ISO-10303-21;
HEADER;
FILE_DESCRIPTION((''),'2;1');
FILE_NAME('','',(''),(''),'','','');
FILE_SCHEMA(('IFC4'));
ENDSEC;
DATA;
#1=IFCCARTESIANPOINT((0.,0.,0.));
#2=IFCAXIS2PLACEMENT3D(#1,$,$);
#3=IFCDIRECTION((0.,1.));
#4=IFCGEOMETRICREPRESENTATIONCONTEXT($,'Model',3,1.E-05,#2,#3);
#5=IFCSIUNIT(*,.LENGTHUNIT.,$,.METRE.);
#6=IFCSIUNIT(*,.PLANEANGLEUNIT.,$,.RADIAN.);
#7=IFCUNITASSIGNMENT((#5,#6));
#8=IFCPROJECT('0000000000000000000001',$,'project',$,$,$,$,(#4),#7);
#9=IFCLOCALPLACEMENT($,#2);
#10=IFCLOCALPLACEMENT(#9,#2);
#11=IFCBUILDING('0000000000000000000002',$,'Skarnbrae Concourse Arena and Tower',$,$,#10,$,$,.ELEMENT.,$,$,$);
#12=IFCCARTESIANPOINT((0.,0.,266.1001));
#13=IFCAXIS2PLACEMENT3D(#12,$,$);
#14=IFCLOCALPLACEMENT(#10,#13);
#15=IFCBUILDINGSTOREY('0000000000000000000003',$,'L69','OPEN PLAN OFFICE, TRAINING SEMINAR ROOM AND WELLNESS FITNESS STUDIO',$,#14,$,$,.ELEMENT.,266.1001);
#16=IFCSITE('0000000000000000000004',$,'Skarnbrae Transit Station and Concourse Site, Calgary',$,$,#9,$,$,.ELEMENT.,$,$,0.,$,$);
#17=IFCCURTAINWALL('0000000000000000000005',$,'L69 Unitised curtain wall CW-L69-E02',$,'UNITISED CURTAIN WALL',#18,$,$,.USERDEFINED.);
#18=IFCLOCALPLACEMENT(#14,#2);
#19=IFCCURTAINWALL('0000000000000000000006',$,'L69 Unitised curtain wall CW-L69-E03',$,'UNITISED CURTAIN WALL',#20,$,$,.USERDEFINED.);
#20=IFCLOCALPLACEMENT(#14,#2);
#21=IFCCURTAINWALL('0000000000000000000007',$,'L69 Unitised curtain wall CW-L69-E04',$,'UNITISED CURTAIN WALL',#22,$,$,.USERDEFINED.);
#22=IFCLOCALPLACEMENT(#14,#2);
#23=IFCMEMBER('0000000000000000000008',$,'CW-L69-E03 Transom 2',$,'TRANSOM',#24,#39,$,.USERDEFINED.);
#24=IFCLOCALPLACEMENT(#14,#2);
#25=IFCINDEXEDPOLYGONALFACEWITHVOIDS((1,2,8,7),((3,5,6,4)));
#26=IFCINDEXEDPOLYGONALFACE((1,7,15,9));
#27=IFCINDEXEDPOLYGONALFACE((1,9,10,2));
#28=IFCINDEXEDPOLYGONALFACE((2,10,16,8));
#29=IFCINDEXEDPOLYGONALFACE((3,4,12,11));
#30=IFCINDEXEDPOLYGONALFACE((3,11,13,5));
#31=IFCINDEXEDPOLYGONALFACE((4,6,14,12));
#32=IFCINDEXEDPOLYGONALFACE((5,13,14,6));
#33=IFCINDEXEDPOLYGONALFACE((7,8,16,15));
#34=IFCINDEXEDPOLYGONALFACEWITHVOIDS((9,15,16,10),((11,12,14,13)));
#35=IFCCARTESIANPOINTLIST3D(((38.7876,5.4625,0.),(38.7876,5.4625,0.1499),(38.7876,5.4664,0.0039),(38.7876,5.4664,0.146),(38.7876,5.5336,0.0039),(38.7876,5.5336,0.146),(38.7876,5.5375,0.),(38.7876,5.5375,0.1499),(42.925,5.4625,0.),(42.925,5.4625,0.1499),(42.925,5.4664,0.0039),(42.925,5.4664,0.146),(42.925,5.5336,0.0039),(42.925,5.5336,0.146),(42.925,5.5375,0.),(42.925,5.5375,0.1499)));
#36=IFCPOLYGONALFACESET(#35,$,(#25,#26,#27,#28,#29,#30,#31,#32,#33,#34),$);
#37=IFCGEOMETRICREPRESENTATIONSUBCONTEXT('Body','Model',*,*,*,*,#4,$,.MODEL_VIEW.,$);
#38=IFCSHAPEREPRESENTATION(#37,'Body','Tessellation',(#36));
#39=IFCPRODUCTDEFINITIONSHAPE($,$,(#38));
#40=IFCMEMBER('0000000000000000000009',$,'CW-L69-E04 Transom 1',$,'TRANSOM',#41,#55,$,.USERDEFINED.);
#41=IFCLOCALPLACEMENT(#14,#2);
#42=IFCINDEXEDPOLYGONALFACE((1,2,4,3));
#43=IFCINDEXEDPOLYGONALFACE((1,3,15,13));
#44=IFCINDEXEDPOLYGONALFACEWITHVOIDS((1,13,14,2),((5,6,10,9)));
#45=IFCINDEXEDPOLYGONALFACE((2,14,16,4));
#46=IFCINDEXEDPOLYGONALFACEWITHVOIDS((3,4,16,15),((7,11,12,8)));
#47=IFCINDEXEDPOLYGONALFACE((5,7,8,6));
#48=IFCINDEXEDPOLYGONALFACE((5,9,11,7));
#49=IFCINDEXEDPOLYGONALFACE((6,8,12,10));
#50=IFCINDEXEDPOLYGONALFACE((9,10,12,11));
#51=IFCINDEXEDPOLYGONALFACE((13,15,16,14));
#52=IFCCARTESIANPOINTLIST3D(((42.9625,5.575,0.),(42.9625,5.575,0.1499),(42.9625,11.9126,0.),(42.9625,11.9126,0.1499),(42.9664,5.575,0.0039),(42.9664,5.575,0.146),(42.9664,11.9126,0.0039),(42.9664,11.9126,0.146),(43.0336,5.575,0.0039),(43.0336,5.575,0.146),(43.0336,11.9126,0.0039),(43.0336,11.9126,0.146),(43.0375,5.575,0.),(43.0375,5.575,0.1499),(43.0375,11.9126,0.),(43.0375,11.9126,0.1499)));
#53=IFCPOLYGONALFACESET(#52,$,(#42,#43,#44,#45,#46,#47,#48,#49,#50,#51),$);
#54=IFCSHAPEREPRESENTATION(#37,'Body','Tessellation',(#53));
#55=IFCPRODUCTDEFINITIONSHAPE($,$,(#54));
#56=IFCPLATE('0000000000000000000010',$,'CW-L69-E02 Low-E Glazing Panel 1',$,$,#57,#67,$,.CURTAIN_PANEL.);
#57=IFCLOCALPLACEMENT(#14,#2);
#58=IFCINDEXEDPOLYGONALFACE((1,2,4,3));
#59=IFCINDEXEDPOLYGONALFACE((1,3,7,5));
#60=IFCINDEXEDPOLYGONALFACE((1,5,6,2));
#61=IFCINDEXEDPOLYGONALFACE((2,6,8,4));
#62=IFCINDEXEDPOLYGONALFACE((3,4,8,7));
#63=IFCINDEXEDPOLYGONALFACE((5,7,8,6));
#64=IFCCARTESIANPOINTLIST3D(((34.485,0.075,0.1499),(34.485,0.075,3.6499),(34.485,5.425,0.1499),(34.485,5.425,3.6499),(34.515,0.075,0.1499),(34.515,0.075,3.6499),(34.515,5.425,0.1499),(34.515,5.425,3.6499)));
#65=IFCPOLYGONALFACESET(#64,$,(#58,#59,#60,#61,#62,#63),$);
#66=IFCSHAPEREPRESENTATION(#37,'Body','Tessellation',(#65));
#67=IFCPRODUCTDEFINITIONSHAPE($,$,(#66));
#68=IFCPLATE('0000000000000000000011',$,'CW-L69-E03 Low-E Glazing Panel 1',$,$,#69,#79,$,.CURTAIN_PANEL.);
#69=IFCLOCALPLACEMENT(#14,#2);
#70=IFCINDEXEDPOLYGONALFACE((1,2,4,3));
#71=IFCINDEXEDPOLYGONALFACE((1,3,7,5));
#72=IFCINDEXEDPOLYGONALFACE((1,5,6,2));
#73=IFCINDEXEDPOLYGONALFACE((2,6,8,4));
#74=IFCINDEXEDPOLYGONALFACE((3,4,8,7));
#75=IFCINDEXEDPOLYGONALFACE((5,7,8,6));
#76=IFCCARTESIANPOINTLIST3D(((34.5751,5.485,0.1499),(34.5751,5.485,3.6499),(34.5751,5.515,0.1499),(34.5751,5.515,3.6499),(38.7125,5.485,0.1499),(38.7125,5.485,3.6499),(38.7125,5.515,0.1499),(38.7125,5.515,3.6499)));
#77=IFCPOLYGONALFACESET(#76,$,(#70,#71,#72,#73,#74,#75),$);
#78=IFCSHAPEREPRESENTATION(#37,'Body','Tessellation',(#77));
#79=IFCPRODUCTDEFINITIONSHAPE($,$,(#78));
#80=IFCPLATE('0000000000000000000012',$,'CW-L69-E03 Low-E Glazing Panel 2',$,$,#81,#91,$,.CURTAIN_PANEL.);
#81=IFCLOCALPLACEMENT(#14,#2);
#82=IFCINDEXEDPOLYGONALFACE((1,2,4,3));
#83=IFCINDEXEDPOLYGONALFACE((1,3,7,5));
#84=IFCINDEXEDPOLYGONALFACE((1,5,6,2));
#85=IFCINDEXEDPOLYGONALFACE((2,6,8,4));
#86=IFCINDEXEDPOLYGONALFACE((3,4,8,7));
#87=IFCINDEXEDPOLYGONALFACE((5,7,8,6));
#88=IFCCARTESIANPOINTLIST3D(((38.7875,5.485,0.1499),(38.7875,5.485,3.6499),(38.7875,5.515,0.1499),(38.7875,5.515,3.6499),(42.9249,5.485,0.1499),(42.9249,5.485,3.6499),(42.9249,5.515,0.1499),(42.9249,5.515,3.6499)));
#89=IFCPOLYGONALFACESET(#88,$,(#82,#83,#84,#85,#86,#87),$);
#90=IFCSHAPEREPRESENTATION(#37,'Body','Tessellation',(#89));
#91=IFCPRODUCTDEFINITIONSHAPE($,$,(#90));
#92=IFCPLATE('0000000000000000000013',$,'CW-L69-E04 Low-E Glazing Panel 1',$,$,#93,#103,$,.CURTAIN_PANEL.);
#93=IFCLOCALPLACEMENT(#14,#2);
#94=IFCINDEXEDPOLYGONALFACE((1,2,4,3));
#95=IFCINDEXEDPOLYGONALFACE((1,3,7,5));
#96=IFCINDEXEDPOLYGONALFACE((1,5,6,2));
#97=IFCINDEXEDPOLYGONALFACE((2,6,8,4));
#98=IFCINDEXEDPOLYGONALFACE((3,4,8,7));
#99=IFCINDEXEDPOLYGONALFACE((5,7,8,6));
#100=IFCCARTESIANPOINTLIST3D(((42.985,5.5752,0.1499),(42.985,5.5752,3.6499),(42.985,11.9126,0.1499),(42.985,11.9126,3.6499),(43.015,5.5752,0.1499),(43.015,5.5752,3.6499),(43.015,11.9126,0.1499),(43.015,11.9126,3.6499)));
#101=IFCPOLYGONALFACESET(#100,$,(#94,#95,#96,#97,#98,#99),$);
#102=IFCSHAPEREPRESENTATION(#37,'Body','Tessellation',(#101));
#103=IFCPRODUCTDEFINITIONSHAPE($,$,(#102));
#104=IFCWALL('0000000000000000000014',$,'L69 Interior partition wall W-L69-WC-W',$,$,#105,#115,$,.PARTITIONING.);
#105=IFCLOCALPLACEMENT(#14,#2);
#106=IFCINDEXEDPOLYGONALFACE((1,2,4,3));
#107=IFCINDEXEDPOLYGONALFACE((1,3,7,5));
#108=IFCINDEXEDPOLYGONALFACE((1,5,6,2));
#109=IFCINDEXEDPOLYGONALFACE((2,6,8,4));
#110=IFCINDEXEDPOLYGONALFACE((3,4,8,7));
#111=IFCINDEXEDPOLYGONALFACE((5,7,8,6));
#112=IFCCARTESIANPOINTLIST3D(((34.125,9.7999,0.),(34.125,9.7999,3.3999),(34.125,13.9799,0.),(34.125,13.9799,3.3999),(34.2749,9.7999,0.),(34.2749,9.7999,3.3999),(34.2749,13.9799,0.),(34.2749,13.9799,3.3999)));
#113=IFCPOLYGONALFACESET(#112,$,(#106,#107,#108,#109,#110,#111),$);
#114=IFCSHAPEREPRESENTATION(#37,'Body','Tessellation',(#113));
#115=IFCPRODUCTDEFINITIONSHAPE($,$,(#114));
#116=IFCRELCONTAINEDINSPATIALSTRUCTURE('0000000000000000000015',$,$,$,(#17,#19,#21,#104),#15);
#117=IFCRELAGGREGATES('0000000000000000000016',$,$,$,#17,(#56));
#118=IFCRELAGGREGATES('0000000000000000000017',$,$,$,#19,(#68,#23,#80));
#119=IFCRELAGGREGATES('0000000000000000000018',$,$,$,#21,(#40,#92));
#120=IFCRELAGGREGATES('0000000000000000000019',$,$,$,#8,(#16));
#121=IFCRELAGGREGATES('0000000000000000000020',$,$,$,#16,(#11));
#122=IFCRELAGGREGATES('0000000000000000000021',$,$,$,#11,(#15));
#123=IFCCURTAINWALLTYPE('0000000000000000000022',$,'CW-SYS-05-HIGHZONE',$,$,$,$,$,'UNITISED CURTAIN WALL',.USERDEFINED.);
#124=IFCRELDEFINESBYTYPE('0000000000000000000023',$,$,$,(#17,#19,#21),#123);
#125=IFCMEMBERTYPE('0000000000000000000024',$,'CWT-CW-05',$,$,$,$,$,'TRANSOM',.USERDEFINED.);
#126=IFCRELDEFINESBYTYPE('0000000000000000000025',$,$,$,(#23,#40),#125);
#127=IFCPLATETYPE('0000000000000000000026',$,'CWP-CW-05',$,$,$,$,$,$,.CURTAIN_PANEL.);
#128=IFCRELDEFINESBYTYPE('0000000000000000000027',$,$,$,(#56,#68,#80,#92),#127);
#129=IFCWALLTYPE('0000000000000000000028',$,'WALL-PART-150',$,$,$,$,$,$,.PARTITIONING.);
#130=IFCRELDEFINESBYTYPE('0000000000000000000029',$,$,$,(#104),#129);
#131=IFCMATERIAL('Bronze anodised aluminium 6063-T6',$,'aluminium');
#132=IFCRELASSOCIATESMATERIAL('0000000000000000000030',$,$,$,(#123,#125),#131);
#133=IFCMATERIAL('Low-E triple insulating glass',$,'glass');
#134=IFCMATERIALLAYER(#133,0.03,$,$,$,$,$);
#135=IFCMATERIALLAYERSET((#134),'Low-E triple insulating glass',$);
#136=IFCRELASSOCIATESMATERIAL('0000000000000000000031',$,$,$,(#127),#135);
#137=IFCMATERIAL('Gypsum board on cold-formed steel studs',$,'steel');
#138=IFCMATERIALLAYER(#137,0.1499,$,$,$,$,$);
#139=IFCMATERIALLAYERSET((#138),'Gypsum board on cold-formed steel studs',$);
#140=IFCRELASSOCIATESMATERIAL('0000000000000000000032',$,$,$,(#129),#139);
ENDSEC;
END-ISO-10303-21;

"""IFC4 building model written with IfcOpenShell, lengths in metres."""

from ifc_helpers import new_model, si_unit, direction, frame, frame_2d, origin, origin_2d, place, context, subcontext, project, spatial, rectangle, hollow_rectangle, extrude, source, transform, mapped, material, layer, layer_set, material_profile, profile_set, type_object, element, aggregate, save


model = new_model("IFC4")

# Units and contexts
model_context = context("Model", 3, precision=1e-05, world=origin(), true_north=direction((0.0, 1.0)))
body_context = subcontext(model_context, "Body", "Model", "MODEL_VIEW")
ifc_project = project(units=[si_unit("LENGTHUNIT", "METRE"), si_unit("PLANEANGLEUNIT", "RADIAN")], contexts=[model_context])

# Site, building, storey
site_placement = place(None, origin())
site = spatial("IfcSite", under=ifc_project, at=site_placement, Name="Skarnbrae Transit Station and Concourse Site, Calgary", CompositionType="ELEMENT", RefElevation=0.0)
building_placement = place(site_placement, origin())
building = spatial("IfcBuilding", under=site, at=building_placement, Name="Skarnbrae Concourse Arena and Tower", CompositionType="ELEMENT")
storey_placement = place(building_placement, frame((0.0, 0.0, 266.1001)))
storey = spatial("IfcBuildingStorey", under=building, at=storey_placement, Name="L69", Description="OPEN PLAN OFFICE, TRAINING SEMINAR ROOM AND WELLNESS FITNESS STUDIO", CompositionType="ELEMENT", Elevation=266.1001)

# Curtain walls
ifc_material_1 = material(Name="Bronze anodised aluminium 6063-T6", Category="aluminium")
curtain_wall_type = type_object("IfcCurtainWallType", Name="CW-SYS-05-HIGHZONE", ElementType="UNITISED CURTAIN WALL", PredefinedType="USERDEFINED", material=ifc_material_1)
curtain_wall_1_placement = place(storey_placement, origin())
curtain_wall_1 = element("IfcCurtainWall", 1, at=curtain_wall_1_placement, inside=storey, type_object=curtain_wall_type, Name="L69 Unitised curtain wall CW-L69-E02", ObjectType="UNITISED CURTAIN WALL", PredefinedType="USERDEFINED")
curtain_wall_2_placement = place(storey_placement, origin())
curtain_wall_2 = element("IfcCurtainWall", 2, at=curtain_wall_2_placement, inside=storey, type_object=curtain_wall_type, Name="L69 Unitised curtain wall CW-L69-E03", ObjectType="UNITISED CURTAIN WALL", PredefinedType="USERDEFINED")

# Curtain wall
curtain_wall_3_placement = place(storey_placement, origin())
curtain_wall_3 = element("IfcCurtainWall", 3, at=curtain_wall_3_placement, inside=storey, type_object=curtain_wall_type, Name="L69 Unitised curtain wall CW-L69-E04", ObjectType="UNITISED CURTAIN WALL", PredefinedType="USERDEFINED")

# Members
ifc_material_profile_1 = material_profile(ifc_material_1, hollow_rectangle(XDim=0.075, YDim=0.1499, WallThickness=0.0039, at=origin_2d()), Name="ALU-TRAN-75X150")
ifc_profile_set_1 = profile_set([ifc_material_profile_1], Name="Bronze anodised aluminium 6063-T6")
member_type_1 = type_object("IfcMemberType", Name="CWT-CW-05", ElementType="TRANSOM", PredefinedType="USERDEFINED", material=ifc_profile_set_1)
shared_shape_1 = source(origin(), body_context, "Body", "SweptSolid", [
    extrude(hollow_rectangle(XDim=0.075, YDim=0.1499, WallThickness=0.0039, at=origin_2d()), origin(), (0.0, 0.0, 1.0), 4.1375),
])
member_1_placement = place(storey_placement, frame((38.7876, 5.5, 0.075), z_axis=(1.0, 0.0, 0.0), x_axis=(0.0, 1.0, 0.0)))
member_1 = element("IfcMember", 4, at=member_1_placement, type_object=member_type_1, Name="CW-L69-E03 Transom 2", ObjectType="TRANSOM", PredefinedType="USERDEFINED", context=body_context, shape_type="MappedRepresentation", body=[
    mapped(shared_shape_1, transform((0.0, 0.0, 0.0))),
])
shared_shape_2 = source(origin(), body_context, "Body", "SweptSolid", [
    extrude(hollow_rectangle(XDim=0.075, YDim=0.1499, WallThickness=0.0039, at=origin_2d()), origin(), (0.0, 0.0, 1.0), 6.3376),
])
member_2_placement = place(storey_placement, frame((43.0, 5.575, 0.075), z_axis=(0.0, 1.0, 0.0), x_axis=(-1.0, 0.0, 0.0)))
member_2 = element("IfcMember", 5, at=member_2_placement, type_object=member_type_1, Name="CW-L69-E04 Transom 1", ObjectType="TRANSOM", PredefinedType="USERDEFINED", context=body_context, shape_type="MappedRepresentation", body=[
    mapped(shared_shape_2, transform((0.0, 0.0, 0.0))),
])

# Plates
ifc_material_2 = material(Name="Low-E triple insulating glass", Category="glass")
ifc_layer_1 = layer(ifc_material_2, 0.03)
ifc_layer_set_1 = layer_set([ifc_layer_1], Name="Low-E triple insulating glass")
plate_type = type_object("IfcPlateType", Name="CWP-CW-05", PredefinedType="CURTAIN_PANEL", material=ifc_layer_set_1)
shared_shape_3 = source(origin(), body_context, "Body", "SweptSolid", [
    extrude(rectangle(XDim=5.3501, YDim=0.03, at=origin_2d()), origin(), (0.0, 0.0, 1.0), 3.5),
])
plate_1_placement = place(storey_placement, frame((34.5, 2.75, 0.1499), z_axis=(0.0, 0.0, 1.0), x_axis=(0.0, 1.0, 0.0)))
plate_1 = element("IfcPlate", 6, at=plate_1_placement, type_object=plate_type, Name="CW-L69-E02 Low-E Glazing Panel 1", PredefinedType="CURTAIN_PANEL", context=body_context, shape_type="MappedRepresentation", body=[
    mapped(shared_shape_3, transform((0.0, 0.0, 0.0))),
])
aggregate(curtain_wall_1, [plate_1])
shared_shape_4 = source(origin(), body_context, "Body", "SweptSolid", [
    extrude(rectangle(XDim=4.1375, YDim=0.03, at=origin_2d()), origin(), (0.0, 0.0, 1.0), 3.5),
])
plate_2_placement = place(storey_placement, frame((36.6438, 5.5, 0.1499), z_axis=(0.0, 0.0, 1.0), x_axis=(1.0, 0.0, 0.0)))
plate_2 = element("IfcPlate", 7, at=plate_2_placement, type_object=plate_type, Name="CW-L69-E03 Low-E Glazing Panel 1", PredefinedType="CURTAIN_PANEL", context=body_context, shape_type="MappedRepresentation", body=[
    mapped(shared_shape_4, transform((0.0, 0.0, 0.0))),
])
plate_3_placement = place(storey_placement, frame((40.8562, 5.5, 0.1499), z_axis=(0.0, 0.0, 1.0), x_axis=(1.0, 0.0, 0.0)))
plate_3 = element("IfcPlate", 8, at=plate_3_placement, type_object=plate_type, Name="CW-L69-E03 Low-E Glazing Panel 2", PredefinedType="CURTAIN_PANEL", context=body_context, shape_type="MappedRepresentation", body=[
    mapped(shared_shape_4, transform((0.0, 0.0, 0.0))),
])
aggregate(curtain_wall_2, [plate_2, member_1, plate_3])
shared_shape_5 = source(origin(), body_context, "Body", "SweptSolid", [
    extrude(rectangle(XDim=6.3374, YDim=0.03, at=origin_2d()), origin(), (0.0, 0.0, 1.0), 3.5),
])
plate_4_placement = place(storey_placement, frame((43.0, 8.7439, 0.1499), z_axis=(0.0, 0.0, 1.0), x_axis=(0.0, 1.0, 0.0)))
plate_4 = element("IfcPlate", 9, at=plate_4_placement, type_object=plate_type, Name="CW-L69-E04 Low-E Glazing Panel 1", PredefinedType="CURTAIN_PANEL", context=body_context, shape_type="MappedRepresentation", body=[
    mapped(shared_shape_5, transform((0.0, 0.0, 0.0))),
])
aggregate(curtain_wall_3, [member_2, plate_4])

# Wall
ifc_material_3 = material(Name="Gypsum board on cold-formed steel studs", Category="steel")
ifc_layer_2 = layer(ifc_material_3, 0.1499)
ifc_layer_set_2 = layer_set([ifc_layer_2], Name="Gypsum board on cold-formed steel studs")
wall_type = type_object("IfcWallType", Name="WALL-PART-150", PredefinedType="PARTITIONING", material=ifc_layer_set_2)
shared_shape_6 = source(origin(), body_context, "Body", "SweptSolid", [
    extrude(rectangle(XDim=4.1799, YDim=0.1499, at=frame_2d((2.0898, 0.0))), origin(), (0.0, 0.0, 1.0), 3.3999),
])
wall_placement = place(storey_placement, frame((34.2, 9.8, 0.0), z_axis=(0.0, 0.0, 1.0), x_axis=(0.0, 1.0, 0.0)))
element("IfcWall", 10, at=wall_placement, inside=storey, type_object=wall_type, Name="L69 Interior partition wall W-L69-WC-W", PredefinedType="PARTITIONING", context=body_context, shape_type="MappedRepresentation", body=[
    mapped(shared_shape_6, transform((0.0, 0.0, 0.0))),
])

save(model, "model.ifc")
